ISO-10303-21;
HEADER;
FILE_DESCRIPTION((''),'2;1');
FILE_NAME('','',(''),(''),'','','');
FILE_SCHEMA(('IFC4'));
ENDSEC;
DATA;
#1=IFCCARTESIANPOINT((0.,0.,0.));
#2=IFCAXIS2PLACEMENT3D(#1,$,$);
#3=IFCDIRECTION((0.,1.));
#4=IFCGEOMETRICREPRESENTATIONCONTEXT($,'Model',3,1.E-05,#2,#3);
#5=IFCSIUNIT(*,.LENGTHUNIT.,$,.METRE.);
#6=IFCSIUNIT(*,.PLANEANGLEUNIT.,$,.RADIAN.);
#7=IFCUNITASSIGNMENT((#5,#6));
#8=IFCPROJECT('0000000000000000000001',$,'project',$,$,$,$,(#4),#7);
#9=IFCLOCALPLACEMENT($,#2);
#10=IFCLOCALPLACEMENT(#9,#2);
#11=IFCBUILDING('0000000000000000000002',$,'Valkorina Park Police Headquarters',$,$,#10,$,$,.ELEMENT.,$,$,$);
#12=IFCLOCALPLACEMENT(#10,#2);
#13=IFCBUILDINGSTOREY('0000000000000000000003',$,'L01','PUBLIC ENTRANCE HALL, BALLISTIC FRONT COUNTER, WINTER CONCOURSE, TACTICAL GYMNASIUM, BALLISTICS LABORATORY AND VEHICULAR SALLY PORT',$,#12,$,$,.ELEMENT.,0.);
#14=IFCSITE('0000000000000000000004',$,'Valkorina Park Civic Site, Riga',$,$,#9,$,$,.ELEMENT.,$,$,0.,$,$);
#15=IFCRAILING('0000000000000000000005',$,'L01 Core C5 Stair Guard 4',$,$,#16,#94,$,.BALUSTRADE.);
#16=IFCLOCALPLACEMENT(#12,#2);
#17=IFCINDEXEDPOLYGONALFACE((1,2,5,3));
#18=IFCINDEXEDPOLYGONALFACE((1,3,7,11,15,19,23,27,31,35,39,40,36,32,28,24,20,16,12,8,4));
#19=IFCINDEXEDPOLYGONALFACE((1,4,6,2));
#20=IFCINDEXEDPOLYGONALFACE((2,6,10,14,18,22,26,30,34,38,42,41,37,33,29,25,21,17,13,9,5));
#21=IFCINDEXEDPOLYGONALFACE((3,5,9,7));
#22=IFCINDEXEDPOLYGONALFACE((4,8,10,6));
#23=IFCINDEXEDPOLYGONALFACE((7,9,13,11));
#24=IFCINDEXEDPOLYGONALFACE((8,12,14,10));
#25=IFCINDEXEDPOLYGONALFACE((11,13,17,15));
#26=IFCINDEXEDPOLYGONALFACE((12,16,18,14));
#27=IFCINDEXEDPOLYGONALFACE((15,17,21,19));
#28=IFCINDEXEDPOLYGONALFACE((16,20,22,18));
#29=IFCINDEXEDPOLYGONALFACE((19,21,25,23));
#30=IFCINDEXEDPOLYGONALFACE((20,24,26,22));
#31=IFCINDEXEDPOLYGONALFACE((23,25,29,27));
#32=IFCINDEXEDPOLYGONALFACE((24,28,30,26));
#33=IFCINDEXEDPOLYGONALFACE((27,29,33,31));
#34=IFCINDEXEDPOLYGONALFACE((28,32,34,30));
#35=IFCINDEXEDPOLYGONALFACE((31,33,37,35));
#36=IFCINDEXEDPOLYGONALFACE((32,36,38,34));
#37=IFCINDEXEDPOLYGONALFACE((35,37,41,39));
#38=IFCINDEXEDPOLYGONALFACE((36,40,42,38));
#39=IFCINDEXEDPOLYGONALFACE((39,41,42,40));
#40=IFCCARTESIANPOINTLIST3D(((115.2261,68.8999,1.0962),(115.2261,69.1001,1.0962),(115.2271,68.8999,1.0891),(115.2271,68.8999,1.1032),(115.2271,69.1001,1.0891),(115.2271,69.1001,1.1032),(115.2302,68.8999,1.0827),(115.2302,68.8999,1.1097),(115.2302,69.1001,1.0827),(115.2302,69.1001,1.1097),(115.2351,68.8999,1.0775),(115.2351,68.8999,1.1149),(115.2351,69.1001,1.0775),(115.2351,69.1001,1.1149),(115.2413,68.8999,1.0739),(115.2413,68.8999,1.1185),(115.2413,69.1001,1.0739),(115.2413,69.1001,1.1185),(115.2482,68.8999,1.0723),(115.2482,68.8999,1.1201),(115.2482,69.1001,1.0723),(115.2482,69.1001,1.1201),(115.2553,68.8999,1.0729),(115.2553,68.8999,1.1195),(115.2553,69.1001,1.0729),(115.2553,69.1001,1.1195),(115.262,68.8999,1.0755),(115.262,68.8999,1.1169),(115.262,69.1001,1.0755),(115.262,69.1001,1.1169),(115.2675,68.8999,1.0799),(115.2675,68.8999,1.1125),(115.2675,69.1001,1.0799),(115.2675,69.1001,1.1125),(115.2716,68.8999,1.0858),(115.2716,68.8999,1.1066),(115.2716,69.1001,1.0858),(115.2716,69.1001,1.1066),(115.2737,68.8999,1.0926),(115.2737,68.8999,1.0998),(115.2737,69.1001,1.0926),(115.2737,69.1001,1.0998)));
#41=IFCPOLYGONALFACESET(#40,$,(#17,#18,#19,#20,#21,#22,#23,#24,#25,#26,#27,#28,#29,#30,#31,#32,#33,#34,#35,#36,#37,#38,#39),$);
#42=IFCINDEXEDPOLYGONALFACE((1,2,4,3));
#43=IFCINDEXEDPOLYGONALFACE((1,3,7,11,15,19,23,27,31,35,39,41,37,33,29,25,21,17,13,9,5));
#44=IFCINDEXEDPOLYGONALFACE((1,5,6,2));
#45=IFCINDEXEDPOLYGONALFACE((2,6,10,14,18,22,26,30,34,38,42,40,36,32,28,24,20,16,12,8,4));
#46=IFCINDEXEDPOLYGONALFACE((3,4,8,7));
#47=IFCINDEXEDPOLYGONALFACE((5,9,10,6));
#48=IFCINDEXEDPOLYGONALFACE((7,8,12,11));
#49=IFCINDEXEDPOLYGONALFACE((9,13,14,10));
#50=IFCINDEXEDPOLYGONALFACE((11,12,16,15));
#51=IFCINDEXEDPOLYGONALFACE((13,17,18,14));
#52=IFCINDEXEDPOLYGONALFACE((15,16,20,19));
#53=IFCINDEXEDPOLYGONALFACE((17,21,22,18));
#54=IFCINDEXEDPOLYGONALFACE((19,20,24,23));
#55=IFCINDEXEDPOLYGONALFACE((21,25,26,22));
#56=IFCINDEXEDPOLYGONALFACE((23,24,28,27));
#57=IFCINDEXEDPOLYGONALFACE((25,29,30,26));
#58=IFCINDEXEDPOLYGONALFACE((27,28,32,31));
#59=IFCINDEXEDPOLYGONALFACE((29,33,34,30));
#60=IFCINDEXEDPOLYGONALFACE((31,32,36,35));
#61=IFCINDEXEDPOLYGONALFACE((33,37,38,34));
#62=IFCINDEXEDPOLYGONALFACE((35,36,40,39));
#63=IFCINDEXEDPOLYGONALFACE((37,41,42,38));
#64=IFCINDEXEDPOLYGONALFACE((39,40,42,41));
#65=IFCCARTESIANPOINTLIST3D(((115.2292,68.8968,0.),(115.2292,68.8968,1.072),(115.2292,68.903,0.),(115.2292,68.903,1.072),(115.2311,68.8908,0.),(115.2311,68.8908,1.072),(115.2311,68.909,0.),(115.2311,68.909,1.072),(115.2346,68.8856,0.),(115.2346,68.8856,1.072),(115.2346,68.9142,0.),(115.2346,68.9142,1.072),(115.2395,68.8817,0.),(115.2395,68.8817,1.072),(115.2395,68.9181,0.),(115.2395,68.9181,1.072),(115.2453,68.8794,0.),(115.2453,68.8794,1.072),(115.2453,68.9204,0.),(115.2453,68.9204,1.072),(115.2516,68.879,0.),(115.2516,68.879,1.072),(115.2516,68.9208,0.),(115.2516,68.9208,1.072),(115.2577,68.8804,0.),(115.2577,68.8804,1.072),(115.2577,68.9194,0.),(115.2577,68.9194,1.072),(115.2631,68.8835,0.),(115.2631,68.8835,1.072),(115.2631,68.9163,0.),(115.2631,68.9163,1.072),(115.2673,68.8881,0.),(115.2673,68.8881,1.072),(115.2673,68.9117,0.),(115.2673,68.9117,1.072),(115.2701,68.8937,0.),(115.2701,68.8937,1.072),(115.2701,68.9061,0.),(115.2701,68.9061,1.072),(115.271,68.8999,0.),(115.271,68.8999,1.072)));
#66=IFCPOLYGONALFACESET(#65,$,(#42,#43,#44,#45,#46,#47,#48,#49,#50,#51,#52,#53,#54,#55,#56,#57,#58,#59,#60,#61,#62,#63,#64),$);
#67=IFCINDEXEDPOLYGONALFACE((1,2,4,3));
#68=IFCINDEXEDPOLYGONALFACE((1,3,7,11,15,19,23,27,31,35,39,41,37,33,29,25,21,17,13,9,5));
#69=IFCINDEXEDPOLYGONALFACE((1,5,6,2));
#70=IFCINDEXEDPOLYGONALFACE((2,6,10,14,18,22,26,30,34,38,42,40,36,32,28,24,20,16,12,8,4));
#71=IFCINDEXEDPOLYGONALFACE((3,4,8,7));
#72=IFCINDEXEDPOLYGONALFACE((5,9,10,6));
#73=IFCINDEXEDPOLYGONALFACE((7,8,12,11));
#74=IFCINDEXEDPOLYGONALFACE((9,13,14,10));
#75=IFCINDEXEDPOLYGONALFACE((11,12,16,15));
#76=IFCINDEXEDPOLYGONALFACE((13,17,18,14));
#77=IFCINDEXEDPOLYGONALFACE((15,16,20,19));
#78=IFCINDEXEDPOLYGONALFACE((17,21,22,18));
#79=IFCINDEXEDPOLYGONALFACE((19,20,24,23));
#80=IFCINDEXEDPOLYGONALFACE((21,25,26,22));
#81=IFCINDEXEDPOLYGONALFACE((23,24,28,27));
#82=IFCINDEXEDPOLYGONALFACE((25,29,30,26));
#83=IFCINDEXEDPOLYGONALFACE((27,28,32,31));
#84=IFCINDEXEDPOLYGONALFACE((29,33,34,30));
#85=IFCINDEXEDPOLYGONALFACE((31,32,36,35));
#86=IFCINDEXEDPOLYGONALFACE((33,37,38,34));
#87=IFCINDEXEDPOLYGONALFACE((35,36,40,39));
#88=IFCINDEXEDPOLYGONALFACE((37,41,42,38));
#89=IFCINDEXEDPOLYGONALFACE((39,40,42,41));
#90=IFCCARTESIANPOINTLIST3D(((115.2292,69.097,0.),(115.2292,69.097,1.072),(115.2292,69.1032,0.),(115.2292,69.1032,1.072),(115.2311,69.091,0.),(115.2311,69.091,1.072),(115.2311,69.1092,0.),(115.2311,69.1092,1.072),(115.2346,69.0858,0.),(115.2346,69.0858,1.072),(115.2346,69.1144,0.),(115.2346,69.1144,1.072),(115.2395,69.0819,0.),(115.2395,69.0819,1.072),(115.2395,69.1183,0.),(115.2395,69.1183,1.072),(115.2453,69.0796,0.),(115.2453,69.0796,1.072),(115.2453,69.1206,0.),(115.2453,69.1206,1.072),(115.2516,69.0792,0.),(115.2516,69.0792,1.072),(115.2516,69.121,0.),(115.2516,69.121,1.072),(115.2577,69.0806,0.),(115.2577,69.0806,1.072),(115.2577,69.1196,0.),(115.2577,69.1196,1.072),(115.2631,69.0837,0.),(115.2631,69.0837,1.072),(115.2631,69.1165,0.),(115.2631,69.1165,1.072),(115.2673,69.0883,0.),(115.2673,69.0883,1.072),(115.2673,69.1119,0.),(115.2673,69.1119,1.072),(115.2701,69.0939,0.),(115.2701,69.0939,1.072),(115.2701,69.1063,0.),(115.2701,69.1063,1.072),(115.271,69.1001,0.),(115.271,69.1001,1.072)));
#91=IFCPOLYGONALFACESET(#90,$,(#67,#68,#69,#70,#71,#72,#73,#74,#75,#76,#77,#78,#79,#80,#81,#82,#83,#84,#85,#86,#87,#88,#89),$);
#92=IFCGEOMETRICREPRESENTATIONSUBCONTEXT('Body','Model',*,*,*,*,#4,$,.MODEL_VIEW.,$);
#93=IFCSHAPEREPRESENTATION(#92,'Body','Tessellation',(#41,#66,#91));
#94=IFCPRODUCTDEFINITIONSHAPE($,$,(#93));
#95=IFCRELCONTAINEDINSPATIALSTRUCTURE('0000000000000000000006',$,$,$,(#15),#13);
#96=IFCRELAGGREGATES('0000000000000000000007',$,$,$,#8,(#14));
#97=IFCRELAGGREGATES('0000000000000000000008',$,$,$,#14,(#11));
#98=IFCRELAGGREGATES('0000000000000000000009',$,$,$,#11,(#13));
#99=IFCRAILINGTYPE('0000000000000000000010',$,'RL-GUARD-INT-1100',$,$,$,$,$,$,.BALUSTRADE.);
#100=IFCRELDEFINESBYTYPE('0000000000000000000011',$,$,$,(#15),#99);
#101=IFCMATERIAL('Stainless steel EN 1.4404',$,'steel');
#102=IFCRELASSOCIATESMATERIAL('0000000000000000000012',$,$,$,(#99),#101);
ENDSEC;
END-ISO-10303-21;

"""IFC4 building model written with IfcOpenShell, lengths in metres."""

from ifc_helpers import new_model, si_unit, direction, frame, origin, origin_2d, place, context, subcontext, project, spatial, circle, extrude, material, type_object, element, save


model = new_model("IFC4")

# Units and contexts
model_context = context("Model", 3, precision=1e-05, world=origin(), true_north=direction((0.0, 1.0)))
body_context = subcontext(model_context, "Body", "Model", "MODEL_VIEW")
ifc_project = project(units=[si_unit("LENGTHUNIT", "METRE"), si_unit("PLANEANGLEUNIT", "RADIAN")], contexts=[model_context])

# Site, building, storey
site_placement = place(None, origin())
site = spatial("IfcSite", under=ifc_project, at=site_placement, Name="Valkorina Park Civic Site, Riga", CompositionType="ELEMENT", RefElevation=0.0)
building_placement = place(site_placement, origin())
building = spatial("IfcBuilding", under=site, at=building_placement, Name="Valkorina Park Police Headquarters", CompositionType="ELEMENT")
storey_placement = place(building_placement, origin())
storey = spatial("IfcBuildingStorey", under=building, at=storey_placement, Name="L01", Description="PUBLIC ENTRANCE HALL, BALLISTIC FRONT COUNTER, WINTER CONCOURSE, TACTICAL GYMNASIUM, BALLISTICS LABORATORY AND VEHICULAR SALLY PORT", CompositionType="ELEMENT", Elevation=0.0)

# Railing
ifc_material_1 = material(Name="Stainless steel EN 1.4404", Category="steel")
railing_type_1 = type_object("IfcRailingType", Name="RL-GUARD-INT-1100", PredefinedType="BALUSTRADE", material=ifc_material_1)
railing_1_placement = place(storey_placement, frame((115.25, 68.8999, 0.0)))
element("IfcRailing", 1, at=railing_1_placement, inside=storey, type_object=railing_type_1, Name="L01 Core C5 Stair Guard 4", PredefinedType="BALUSTRADE", context=body_context, shape_type="SweptSolid", body=[
    extrude(circle(Radius=0.0239, at=origin_2d()), frame((0.0, 0.0, 1.0962), z_axis=(0.0, 1.0, 0.0), x_axis=(-1.0, 0.0, 0.0)), (0.0, 0.0, 1.0), 0.2002),
    extrude(circle(Radius=0.021, at=origin_2d()), origin(), (0.0, 0.0, 1.0), 1.072),
    extrude(circle(Radius=0.021, at=origin_2d()), frame((0.0, 0.2002, 0.0)), (0.0, 0.0, 1.0), 1.072),
])

save(model, "model.ifc")
